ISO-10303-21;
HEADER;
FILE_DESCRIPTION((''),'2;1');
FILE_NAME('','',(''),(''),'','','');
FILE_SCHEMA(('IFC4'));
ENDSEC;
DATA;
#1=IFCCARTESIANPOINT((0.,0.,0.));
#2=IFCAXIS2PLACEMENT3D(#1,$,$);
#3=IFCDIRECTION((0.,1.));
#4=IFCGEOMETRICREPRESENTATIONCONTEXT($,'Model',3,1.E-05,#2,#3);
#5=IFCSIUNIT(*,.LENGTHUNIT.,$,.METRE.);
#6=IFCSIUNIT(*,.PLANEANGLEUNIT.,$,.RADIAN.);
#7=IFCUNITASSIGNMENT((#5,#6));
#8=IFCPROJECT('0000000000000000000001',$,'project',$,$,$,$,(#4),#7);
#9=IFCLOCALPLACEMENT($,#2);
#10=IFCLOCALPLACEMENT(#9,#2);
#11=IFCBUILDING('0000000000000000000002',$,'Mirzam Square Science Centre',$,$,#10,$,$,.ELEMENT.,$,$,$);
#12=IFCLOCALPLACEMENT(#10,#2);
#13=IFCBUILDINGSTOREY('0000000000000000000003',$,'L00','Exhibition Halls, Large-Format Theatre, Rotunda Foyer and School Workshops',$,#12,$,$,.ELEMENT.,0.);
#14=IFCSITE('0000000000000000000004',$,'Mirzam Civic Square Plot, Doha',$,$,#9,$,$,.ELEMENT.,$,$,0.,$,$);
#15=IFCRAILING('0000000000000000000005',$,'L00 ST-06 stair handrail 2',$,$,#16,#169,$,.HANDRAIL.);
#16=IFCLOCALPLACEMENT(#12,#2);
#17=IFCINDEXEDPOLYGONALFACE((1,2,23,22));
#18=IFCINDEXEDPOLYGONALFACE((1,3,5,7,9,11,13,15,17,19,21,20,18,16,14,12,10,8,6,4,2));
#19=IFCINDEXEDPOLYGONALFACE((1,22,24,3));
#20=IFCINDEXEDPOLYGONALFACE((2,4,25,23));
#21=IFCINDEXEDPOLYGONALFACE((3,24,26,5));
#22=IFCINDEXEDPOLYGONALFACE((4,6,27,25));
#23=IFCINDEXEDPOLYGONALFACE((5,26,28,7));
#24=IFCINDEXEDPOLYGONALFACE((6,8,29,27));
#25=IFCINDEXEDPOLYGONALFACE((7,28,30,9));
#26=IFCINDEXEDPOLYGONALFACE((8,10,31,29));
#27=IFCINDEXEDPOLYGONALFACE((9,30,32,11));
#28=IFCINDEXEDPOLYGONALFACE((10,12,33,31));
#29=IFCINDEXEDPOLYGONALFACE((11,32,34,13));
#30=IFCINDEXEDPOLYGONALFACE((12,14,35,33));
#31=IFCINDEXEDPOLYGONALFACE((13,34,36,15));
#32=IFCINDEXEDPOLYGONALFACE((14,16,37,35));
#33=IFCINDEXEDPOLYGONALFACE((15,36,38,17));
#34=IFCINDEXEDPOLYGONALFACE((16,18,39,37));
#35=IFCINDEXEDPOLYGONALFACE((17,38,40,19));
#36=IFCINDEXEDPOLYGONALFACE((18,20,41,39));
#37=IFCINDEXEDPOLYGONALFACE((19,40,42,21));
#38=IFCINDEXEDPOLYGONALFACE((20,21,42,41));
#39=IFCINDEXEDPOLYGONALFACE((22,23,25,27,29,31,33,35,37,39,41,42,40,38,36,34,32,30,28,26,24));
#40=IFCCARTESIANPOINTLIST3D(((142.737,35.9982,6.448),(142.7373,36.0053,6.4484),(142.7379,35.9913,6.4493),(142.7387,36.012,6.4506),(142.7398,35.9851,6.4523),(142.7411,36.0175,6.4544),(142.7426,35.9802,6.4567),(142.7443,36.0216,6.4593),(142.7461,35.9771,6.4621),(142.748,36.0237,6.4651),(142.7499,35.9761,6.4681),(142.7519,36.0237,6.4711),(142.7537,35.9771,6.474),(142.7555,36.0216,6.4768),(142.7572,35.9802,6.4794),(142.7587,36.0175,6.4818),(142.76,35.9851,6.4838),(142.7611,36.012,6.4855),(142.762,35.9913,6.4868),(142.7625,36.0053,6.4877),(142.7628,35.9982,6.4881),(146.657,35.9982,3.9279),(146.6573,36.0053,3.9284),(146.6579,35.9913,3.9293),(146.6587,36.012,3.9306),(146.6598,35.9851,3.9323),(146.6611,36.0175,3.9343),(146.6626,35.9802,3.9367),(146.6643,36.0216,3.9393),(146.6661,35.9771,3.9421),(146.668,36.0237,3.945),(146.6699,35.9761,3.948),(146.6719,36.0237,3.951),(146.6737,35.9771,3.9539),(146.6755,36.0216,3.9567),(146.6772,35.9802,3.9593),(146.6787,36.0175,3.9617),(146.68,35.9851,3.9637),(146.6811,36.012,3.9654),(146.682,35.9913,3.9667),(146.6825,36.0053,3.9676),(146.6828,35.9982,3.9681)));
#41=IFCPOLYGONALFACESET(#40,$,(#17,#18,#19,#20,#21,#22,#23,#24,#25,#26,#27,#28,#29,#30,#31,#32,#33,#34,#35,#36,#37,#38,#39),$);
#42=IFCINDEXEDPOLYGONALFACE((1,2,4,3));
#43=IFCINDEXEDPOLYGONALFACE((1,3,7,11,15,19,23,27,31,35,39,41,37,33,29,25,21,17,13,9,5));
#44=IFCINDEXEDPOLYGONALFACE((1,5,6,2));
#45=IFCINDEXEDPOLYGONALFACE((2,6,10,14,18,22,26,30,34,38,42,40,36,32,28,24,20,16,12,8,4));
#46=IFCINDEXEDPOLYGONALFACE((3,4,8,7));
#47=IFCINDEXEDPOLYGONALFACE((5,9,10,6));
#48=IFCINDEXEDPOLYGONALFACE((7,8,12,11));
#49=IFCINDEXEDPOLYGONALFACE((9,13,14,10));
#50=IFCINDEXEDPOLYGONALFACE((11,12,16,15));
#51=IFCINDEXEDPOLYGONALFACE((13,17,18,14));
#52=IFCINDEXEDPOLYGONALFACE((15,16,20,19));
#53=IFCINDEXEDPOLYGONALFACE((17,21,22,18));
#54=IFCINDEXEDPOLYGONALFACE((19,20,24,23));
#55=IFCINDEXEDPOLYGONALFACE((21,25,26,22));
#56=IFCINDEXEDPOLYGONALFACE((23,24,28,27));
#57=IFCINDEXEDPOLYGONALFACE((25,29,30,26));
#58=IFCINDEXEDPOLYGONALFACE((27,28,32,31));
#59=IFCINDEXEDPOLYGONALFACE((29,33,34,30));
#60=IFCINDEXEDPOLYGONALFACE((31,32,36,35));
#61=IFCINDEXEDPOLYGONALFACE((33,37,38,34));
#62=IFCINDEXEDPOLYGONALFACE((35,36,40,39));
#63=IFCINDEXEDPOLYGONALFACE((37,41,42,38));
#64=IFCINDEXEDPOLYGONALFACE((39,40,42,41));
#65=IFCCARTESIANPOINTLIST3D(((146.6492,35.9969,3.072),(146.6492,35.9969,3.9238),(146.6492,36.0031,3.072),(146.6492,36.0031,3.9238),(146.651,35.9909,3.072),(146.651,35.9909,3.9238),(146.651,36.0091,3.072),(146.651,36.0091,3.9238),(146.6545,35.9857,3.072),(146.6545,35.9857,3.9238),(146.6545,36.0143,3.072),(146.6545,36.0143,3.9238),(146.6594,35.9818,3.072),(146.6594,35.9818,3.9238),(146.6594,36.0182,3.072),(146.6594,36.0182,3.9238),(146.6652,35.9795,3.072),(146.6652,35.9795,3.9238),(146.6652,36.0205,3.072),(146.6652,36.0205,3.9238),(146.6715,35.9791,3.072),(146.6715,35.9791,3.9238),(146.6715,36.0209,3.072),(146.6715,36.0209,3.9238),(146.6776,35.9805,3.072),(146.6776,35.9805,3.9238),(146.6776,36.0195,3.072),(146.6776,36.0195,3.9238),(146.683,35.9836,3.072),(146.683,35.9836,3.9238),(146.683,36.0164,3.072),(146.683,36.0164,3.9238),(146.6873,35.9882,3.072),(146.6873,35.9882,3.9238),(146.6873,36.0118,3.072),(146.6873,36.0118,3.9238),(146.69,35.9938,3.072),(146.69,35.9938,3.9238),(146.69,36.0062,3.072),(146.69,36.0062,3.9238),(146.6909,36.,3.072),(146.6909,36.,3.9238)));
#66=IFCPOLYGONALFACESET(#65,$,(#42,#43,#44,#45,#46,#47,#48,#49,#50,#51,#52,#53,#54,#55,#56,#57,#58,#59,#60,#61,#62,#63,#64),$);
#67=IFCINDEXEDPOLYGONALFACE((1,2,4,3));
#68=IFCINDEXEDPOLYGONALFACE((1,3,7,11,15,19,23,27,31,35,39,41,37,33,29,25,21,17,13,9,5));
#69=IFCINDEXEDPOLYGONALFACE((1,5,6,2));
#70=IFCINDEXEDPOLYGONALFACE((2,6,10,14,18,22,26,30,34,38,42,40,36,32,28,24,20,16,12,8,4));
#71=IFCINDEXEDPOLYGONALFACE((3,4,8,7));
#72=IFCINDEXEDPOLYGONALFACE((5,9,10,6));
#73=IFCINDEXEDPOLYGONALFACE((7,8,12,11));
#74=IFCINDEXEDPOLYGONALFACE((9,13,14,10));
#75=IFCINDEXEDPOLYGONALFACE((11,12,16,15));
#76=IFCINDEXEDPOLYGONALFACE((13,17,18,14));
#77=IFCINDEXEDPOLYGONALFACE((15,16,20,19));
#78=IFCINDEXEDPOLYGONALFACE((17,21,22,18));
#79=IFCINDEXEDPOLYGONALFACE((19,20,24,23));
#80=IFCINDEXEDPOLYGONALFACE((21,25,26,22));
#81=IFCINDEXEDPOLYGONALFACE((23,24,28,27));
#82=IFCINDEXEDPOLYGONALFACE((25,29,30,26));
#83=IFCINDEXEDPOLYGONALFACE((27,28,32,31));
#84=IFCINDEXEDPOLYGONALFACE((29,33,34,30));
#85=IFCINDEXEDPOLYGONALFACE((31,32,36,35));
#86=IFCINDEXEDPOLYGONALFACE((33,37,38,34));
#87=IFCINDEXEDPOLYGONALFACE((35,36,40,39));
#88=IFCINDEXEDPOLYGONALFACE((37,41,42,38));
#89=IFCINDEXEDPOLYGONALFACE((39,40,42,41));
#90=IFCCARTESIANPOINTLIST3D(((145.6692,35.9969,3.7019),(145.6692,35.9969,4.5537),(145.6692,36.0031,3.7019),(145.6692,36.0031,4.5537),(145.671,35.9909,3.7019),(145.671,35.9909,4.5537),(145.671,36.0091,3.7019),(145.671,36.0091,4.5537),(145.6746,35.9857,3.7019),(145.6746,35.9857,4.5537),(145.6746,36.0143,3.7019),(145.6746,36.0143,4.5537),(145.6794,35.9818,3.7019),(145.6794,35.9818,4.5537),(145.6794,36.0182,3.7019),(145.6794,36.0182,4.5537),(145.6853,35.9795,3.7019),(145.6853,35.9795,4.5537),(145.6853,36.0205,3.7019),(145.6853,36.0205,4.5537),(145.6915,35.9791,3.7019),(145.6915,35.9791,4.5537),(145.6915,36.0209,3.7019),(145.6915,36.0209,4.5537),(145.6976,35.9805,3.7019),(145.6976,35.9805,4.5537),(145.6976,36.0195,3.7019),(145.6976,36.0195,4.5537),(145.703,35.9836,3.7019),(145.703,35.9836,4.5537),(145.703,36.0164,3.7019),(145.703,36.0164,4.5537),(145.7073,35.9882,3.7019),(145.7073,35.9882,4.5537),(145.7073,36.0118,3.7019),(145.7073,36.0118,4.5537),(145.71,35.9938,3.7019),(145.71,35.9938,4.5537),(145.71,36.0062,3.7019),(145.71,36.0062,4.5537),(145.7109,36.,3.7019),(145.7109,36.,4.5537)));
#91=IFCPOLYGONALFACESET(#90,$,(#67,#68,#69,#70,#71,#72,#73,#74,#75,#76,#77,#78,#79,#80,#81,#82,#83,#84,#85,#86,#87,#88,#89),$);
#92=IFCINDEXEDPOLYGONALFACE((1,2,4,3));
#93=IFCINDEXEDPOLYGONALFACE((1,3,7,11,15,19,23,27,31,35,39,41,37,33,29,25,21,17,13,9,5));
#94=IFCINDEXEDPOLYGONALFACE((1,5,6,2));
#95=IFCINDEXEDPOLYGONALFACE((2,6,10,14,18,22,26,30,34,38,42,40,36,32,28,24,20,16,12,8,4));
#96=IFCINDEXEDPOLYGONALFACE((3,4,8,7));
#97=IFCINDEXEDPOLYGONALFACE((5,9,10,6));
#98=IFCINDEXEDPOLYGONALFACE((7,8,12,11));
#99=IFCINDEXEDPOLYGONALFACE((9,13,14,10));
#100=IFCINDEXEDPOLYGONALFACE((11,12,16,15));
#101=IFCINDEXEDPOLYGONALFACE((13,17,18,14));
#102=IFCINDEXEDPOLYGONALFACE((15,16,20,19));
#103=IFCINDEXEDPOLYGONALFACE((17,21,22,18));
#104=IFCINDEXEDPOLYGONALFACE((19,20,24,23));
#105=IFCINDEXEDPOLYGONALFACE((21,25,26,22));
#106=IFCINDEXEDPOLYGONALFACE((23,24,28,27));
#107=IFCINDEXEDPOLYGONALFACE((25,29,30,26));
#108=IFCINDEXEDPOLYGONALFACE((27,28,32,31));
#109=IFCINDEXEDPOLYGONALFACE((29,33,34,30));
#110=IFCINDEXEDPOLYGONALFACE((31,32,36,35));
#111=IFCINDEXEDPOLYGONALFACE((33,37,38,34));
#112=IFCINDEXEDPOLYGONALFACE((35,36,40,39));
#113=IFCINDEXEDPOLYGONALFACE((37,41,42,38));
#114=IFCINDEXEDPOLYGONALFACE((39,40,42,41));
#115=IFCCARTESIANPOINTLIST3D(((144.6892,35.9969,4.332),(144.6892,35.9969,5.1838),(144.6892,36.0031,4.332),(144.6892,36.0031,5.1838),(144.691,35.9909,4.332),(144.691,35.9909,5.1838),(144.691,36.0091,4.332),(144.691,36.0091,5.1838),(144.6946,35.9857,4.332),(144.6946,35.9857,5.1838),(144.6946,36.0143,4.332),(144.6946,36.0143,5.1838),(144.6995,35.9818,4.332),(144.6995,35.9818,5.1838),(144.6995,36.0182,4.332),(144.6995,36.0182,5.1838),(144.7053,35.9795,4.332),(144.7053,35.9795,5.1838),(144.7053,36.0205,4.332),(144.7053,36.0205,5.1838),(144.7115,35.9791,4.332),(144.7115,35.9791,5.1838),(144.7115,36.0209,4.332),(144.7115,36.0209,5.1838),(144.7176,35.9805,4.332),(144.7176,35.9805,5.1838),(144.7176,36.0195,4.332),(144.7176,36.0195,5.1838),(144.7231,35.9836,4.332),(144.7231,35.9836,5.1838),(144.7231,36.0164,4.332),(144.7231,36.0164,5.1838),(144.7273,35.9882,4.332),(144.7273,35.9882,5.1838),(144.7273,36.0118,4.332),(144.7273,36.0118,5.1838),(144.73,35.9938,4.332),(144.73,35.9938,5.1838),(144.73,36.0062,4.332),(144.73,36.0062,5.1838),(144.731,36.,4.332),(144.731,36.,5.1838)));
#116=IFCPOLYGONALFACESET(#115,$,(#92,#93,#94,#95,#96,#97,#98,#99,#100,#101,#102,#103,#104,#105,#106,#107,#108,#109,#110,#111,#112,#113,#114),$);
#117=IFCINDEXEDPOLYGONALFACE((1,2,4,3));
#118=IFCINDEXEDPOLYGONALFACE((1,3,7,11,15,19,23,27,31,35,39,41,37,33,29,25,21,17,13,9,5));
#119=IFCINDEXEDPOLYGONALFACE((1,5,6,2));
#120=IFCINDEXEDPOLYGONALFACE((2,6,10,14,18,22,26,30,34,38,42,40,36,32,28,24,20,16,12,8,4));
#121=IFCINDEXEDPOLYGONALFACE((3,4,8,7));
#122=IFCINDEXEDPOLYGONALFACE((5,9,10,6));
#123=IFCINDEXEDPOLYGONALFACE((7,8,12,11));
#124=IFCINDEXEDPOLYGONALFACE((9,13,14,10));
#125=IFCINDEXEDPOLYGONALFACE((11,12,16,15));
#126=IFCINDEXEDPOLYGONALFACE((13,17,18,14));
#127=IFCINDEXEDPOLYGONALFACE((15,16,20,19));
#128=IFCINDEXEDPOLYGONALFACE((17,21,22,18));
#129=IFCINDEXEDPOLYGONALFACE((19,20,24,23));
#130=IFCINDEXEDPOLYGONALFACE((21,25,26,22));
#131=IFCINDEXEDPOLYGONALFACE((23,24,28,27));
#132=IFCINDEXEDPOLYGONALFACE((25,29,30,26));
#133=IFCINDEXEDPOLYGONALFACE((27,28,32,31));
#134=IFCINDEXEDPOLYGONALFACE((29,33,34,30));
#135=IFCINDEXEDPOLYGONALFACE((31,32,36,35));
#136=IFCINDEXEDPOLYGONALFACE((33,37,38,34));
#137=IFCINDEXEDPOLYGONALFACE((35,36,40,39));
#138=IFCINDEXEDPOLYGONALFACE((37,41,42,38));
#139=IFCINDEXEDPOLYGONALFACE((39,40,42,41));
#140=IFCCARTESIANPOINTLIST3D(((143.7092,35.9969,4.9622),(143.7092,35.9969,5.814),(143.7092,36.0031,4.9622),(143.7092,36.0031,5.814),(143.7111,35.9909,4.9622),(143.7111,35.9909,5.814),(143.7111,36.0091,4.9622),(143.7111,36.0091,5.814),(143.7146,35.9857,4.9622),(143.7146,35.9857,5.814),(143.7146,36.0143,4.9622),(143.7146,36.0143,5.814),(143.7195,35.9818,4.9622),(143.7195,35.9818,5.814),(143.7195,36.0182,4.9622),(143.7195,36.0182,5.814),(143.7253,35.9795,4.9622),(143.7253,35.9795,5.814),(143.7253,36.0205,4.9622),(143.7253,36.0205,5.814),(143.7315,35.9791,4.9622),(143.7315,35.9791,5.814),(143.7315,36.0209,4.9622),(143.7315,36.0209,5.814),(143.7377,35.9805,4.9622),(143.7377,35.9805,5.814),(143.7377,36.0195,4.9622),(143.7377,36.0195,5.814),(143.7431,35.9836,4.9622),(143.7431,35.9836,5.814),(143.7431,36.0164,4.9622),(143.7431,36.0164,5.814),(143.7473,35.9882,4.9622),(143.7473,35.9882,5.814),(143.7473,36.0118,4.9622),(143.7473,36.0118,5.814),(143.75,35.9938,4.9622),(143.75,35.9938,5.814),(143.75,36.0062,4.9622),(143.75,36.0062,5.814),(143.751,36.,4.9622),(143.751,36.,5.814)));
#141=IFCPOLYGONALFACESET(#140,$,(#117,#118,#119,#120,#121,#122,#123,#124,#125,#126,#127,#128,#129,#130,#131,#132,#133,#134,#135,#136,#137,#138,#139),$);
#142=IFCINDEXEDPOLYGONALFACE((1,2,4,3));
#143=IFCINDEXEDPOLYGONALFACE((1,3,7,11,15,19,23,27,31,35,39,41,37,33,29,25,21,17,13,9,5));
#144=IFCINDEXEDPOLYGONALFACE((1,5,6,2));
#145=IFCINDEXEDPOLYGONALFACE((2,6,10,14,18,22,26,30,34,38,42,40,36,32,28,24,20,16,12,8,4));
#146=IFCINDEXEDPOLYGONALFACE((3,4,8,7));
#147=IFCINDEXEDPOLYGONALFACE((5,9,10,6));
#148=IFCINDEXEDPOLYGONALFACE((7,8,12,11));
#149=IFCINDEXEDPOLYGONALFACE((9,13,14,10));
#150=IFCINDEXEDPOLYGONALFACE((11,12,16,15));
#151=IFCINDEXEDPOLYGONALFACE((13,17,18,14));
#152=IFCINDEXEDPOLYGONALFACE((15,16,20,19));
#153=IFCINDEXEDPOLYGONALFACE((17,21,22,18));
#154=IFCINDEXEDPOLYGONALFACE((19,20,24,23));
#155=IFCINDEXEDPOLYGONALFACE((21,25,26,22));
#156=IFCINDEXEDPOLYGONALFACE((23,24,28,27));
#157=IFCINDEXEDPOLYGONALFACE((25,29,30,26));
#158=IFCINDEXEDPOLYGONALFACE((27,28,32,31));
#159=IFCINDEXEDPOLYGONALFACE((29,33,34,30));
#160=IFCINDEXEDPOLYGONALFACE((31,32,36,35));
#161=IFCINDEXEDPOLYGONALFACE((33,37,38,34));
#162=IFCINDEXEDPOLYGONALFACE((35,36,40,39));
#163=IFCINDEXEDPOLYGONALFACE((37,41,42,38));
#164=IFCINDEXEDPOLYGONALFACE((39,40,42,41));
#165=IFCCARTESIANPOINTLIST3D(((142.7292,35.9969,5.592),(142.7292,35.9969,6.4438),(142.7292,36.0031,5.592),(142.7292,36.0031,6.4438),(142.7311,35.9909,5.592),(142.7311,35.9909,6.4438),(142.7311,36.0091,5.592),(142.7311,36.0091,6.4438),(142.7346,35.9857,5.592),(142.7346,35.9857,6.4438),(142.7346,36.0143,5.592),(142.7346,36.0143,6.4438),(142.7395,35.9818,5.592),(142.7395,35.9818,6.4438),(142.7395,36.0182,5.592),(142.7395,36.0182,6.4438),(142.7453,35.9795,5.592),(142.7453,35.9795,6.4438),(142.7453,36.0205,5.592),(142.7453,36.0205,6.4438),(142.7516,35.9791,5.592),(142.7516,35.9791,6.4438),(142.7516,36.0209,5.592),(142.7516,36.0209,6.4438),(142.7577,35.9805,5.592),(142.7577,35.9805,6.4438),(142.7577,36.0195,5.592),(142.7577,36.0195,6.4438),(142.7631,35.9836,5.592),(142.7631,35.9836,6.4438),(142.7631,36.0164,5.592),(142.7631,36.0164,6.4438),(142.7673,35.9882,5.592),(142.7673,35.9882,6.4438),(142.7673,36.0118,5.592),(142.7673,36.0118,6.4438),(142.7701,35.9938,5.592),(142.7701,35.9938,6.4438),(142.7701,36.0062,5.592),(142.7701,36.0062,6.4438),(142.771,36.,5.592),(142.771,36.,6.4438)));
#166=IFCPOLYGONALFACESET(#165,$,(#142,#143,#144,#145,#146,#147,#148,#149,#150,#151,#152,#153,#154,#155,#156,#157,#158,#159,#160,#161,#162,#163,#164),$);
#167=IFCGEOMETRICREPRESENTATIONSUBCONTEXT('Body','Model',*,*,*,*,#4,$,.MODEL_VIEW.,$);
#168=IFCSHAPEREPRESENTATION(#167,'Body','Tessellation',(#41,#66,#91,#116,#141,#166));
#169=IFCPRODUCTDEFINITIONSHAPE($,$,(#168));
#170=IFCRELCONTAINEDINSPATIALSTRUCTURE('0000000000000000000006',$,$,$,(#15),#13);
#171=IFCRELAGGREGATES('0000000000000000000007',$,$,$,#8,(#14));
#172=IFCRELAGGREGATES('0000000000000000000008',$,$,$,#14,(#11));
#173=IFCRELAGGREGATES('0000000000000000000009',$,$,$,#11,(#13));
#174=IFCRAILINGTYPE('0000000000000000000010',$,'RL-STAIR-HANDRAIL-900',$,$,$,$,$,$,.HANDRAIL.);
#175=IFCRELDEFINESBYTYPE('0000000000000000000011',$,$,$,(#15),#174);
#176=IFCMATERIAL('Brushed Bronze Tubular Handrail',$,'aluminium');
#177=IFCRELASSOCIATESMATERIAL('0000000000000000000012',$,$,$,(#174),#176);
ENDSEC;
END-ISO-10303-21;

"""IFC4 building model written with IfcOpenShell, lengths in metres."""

from ifc_helpers import new_model, si_unit, direction, frame, origin, origin_2d, place, context, subcontext, project, spatial, circle, extrude, material, type_object, element, save


model = new_model("IFC4")

# Units and contexts
model_context = context("Model", 3, precision=1e-05, world=origin(), true_north=direction((0.0, 1.0)))
body_context = subcontext(model_context, "Body", "Model", "MODEL_VIEW")
ifc_project = project(units=[si_unit("LENGTHUNIT", "METRE"), si_unit("PLANEANGLEUNIT", "RADIAN")], contexts=[model_context])

# Site, building, storey
site_placement = place(None, origin())
site = spatial("IfcSite", under=ifc_project, at=site_placement, Name="Mirzam Civic Square Plot, Doha", CompositionType="ELEMENT", RefElevation=0.0)
building_placement = place(site_placement, origin())
building = spatial("IfcBuilding", under=site, at=building_placement, Name="Mirzam Square Science Centre", CompositionType="ELEMENT")
storey_placement = place(building_placement, origin())
storey = spatial("IfcBuildingStorey", under=building, at=storey_placement, Name="L00", Description="Exhibition Halls, Large-Format Theatre, Rotunda Foyer and School Workshops", CompositionType="ELEMENT", Elevation=0.0)

# Railing
ifc_material_1 = material(Name="Brushed Bronze Tubular Handrail", Category="aluminium")
railing_type_1 = type_object("IfcRailingType", Name="RL-STAIR-HANDRAIL-900", PredefinedType="HANDRAIL", material=ifc_material_1)
railing_1_placement = place(storey_placement, frame((146.6699, 36.0, 3.072)))
element("IfcRailing", 1, at=railing_1_placement, inside=storey, type_object=railing_type_1, Name="L00 ST-06 stair handrail 2", PredefinedType="HANDRAIL", context=body_context, shape_type="SweptSolid", body=[
    extrude(circle(Radius=0.0239, at=origin_2d()), frame((0.0, 0.0, 0.876), z_axis=(-0.841172, 0.0, 0.540768), x_axis=(0.0, -1.0, 0.0)), (0.0, 0.0, 1.0), 4.6602),
    extrude(circle(Radius=0.021, at=origin_2d()), origin(), (0.0, 0.0, 1.0), 0.8518),
    extrude(circle(Radius=0.021, at=origin_2d()), frame((-0.98, 0.0, 0.6299)), (0.0, 0.0, 1.0), 0.8518),
    extrude(circle(Radius=0.021, at=origin_2d()), frame((-1.96, 0.0, 1.26)), (0.0, 0.0, 1.0), 0.8518),
    extrude(circle(Radius=0.021, at=origin_2d()), frame((-2.9399, 0.0, 1.8901)), (0.0, 0.0, 1.0), 0.8518),
    extrude(circle(Radius=0.021, at=origin_2d()), frame((-3.9199, 0.0, 2.52)), (0.0, 0.0, 1.0), 0.8518),
])

save(model, "model.ifc")
